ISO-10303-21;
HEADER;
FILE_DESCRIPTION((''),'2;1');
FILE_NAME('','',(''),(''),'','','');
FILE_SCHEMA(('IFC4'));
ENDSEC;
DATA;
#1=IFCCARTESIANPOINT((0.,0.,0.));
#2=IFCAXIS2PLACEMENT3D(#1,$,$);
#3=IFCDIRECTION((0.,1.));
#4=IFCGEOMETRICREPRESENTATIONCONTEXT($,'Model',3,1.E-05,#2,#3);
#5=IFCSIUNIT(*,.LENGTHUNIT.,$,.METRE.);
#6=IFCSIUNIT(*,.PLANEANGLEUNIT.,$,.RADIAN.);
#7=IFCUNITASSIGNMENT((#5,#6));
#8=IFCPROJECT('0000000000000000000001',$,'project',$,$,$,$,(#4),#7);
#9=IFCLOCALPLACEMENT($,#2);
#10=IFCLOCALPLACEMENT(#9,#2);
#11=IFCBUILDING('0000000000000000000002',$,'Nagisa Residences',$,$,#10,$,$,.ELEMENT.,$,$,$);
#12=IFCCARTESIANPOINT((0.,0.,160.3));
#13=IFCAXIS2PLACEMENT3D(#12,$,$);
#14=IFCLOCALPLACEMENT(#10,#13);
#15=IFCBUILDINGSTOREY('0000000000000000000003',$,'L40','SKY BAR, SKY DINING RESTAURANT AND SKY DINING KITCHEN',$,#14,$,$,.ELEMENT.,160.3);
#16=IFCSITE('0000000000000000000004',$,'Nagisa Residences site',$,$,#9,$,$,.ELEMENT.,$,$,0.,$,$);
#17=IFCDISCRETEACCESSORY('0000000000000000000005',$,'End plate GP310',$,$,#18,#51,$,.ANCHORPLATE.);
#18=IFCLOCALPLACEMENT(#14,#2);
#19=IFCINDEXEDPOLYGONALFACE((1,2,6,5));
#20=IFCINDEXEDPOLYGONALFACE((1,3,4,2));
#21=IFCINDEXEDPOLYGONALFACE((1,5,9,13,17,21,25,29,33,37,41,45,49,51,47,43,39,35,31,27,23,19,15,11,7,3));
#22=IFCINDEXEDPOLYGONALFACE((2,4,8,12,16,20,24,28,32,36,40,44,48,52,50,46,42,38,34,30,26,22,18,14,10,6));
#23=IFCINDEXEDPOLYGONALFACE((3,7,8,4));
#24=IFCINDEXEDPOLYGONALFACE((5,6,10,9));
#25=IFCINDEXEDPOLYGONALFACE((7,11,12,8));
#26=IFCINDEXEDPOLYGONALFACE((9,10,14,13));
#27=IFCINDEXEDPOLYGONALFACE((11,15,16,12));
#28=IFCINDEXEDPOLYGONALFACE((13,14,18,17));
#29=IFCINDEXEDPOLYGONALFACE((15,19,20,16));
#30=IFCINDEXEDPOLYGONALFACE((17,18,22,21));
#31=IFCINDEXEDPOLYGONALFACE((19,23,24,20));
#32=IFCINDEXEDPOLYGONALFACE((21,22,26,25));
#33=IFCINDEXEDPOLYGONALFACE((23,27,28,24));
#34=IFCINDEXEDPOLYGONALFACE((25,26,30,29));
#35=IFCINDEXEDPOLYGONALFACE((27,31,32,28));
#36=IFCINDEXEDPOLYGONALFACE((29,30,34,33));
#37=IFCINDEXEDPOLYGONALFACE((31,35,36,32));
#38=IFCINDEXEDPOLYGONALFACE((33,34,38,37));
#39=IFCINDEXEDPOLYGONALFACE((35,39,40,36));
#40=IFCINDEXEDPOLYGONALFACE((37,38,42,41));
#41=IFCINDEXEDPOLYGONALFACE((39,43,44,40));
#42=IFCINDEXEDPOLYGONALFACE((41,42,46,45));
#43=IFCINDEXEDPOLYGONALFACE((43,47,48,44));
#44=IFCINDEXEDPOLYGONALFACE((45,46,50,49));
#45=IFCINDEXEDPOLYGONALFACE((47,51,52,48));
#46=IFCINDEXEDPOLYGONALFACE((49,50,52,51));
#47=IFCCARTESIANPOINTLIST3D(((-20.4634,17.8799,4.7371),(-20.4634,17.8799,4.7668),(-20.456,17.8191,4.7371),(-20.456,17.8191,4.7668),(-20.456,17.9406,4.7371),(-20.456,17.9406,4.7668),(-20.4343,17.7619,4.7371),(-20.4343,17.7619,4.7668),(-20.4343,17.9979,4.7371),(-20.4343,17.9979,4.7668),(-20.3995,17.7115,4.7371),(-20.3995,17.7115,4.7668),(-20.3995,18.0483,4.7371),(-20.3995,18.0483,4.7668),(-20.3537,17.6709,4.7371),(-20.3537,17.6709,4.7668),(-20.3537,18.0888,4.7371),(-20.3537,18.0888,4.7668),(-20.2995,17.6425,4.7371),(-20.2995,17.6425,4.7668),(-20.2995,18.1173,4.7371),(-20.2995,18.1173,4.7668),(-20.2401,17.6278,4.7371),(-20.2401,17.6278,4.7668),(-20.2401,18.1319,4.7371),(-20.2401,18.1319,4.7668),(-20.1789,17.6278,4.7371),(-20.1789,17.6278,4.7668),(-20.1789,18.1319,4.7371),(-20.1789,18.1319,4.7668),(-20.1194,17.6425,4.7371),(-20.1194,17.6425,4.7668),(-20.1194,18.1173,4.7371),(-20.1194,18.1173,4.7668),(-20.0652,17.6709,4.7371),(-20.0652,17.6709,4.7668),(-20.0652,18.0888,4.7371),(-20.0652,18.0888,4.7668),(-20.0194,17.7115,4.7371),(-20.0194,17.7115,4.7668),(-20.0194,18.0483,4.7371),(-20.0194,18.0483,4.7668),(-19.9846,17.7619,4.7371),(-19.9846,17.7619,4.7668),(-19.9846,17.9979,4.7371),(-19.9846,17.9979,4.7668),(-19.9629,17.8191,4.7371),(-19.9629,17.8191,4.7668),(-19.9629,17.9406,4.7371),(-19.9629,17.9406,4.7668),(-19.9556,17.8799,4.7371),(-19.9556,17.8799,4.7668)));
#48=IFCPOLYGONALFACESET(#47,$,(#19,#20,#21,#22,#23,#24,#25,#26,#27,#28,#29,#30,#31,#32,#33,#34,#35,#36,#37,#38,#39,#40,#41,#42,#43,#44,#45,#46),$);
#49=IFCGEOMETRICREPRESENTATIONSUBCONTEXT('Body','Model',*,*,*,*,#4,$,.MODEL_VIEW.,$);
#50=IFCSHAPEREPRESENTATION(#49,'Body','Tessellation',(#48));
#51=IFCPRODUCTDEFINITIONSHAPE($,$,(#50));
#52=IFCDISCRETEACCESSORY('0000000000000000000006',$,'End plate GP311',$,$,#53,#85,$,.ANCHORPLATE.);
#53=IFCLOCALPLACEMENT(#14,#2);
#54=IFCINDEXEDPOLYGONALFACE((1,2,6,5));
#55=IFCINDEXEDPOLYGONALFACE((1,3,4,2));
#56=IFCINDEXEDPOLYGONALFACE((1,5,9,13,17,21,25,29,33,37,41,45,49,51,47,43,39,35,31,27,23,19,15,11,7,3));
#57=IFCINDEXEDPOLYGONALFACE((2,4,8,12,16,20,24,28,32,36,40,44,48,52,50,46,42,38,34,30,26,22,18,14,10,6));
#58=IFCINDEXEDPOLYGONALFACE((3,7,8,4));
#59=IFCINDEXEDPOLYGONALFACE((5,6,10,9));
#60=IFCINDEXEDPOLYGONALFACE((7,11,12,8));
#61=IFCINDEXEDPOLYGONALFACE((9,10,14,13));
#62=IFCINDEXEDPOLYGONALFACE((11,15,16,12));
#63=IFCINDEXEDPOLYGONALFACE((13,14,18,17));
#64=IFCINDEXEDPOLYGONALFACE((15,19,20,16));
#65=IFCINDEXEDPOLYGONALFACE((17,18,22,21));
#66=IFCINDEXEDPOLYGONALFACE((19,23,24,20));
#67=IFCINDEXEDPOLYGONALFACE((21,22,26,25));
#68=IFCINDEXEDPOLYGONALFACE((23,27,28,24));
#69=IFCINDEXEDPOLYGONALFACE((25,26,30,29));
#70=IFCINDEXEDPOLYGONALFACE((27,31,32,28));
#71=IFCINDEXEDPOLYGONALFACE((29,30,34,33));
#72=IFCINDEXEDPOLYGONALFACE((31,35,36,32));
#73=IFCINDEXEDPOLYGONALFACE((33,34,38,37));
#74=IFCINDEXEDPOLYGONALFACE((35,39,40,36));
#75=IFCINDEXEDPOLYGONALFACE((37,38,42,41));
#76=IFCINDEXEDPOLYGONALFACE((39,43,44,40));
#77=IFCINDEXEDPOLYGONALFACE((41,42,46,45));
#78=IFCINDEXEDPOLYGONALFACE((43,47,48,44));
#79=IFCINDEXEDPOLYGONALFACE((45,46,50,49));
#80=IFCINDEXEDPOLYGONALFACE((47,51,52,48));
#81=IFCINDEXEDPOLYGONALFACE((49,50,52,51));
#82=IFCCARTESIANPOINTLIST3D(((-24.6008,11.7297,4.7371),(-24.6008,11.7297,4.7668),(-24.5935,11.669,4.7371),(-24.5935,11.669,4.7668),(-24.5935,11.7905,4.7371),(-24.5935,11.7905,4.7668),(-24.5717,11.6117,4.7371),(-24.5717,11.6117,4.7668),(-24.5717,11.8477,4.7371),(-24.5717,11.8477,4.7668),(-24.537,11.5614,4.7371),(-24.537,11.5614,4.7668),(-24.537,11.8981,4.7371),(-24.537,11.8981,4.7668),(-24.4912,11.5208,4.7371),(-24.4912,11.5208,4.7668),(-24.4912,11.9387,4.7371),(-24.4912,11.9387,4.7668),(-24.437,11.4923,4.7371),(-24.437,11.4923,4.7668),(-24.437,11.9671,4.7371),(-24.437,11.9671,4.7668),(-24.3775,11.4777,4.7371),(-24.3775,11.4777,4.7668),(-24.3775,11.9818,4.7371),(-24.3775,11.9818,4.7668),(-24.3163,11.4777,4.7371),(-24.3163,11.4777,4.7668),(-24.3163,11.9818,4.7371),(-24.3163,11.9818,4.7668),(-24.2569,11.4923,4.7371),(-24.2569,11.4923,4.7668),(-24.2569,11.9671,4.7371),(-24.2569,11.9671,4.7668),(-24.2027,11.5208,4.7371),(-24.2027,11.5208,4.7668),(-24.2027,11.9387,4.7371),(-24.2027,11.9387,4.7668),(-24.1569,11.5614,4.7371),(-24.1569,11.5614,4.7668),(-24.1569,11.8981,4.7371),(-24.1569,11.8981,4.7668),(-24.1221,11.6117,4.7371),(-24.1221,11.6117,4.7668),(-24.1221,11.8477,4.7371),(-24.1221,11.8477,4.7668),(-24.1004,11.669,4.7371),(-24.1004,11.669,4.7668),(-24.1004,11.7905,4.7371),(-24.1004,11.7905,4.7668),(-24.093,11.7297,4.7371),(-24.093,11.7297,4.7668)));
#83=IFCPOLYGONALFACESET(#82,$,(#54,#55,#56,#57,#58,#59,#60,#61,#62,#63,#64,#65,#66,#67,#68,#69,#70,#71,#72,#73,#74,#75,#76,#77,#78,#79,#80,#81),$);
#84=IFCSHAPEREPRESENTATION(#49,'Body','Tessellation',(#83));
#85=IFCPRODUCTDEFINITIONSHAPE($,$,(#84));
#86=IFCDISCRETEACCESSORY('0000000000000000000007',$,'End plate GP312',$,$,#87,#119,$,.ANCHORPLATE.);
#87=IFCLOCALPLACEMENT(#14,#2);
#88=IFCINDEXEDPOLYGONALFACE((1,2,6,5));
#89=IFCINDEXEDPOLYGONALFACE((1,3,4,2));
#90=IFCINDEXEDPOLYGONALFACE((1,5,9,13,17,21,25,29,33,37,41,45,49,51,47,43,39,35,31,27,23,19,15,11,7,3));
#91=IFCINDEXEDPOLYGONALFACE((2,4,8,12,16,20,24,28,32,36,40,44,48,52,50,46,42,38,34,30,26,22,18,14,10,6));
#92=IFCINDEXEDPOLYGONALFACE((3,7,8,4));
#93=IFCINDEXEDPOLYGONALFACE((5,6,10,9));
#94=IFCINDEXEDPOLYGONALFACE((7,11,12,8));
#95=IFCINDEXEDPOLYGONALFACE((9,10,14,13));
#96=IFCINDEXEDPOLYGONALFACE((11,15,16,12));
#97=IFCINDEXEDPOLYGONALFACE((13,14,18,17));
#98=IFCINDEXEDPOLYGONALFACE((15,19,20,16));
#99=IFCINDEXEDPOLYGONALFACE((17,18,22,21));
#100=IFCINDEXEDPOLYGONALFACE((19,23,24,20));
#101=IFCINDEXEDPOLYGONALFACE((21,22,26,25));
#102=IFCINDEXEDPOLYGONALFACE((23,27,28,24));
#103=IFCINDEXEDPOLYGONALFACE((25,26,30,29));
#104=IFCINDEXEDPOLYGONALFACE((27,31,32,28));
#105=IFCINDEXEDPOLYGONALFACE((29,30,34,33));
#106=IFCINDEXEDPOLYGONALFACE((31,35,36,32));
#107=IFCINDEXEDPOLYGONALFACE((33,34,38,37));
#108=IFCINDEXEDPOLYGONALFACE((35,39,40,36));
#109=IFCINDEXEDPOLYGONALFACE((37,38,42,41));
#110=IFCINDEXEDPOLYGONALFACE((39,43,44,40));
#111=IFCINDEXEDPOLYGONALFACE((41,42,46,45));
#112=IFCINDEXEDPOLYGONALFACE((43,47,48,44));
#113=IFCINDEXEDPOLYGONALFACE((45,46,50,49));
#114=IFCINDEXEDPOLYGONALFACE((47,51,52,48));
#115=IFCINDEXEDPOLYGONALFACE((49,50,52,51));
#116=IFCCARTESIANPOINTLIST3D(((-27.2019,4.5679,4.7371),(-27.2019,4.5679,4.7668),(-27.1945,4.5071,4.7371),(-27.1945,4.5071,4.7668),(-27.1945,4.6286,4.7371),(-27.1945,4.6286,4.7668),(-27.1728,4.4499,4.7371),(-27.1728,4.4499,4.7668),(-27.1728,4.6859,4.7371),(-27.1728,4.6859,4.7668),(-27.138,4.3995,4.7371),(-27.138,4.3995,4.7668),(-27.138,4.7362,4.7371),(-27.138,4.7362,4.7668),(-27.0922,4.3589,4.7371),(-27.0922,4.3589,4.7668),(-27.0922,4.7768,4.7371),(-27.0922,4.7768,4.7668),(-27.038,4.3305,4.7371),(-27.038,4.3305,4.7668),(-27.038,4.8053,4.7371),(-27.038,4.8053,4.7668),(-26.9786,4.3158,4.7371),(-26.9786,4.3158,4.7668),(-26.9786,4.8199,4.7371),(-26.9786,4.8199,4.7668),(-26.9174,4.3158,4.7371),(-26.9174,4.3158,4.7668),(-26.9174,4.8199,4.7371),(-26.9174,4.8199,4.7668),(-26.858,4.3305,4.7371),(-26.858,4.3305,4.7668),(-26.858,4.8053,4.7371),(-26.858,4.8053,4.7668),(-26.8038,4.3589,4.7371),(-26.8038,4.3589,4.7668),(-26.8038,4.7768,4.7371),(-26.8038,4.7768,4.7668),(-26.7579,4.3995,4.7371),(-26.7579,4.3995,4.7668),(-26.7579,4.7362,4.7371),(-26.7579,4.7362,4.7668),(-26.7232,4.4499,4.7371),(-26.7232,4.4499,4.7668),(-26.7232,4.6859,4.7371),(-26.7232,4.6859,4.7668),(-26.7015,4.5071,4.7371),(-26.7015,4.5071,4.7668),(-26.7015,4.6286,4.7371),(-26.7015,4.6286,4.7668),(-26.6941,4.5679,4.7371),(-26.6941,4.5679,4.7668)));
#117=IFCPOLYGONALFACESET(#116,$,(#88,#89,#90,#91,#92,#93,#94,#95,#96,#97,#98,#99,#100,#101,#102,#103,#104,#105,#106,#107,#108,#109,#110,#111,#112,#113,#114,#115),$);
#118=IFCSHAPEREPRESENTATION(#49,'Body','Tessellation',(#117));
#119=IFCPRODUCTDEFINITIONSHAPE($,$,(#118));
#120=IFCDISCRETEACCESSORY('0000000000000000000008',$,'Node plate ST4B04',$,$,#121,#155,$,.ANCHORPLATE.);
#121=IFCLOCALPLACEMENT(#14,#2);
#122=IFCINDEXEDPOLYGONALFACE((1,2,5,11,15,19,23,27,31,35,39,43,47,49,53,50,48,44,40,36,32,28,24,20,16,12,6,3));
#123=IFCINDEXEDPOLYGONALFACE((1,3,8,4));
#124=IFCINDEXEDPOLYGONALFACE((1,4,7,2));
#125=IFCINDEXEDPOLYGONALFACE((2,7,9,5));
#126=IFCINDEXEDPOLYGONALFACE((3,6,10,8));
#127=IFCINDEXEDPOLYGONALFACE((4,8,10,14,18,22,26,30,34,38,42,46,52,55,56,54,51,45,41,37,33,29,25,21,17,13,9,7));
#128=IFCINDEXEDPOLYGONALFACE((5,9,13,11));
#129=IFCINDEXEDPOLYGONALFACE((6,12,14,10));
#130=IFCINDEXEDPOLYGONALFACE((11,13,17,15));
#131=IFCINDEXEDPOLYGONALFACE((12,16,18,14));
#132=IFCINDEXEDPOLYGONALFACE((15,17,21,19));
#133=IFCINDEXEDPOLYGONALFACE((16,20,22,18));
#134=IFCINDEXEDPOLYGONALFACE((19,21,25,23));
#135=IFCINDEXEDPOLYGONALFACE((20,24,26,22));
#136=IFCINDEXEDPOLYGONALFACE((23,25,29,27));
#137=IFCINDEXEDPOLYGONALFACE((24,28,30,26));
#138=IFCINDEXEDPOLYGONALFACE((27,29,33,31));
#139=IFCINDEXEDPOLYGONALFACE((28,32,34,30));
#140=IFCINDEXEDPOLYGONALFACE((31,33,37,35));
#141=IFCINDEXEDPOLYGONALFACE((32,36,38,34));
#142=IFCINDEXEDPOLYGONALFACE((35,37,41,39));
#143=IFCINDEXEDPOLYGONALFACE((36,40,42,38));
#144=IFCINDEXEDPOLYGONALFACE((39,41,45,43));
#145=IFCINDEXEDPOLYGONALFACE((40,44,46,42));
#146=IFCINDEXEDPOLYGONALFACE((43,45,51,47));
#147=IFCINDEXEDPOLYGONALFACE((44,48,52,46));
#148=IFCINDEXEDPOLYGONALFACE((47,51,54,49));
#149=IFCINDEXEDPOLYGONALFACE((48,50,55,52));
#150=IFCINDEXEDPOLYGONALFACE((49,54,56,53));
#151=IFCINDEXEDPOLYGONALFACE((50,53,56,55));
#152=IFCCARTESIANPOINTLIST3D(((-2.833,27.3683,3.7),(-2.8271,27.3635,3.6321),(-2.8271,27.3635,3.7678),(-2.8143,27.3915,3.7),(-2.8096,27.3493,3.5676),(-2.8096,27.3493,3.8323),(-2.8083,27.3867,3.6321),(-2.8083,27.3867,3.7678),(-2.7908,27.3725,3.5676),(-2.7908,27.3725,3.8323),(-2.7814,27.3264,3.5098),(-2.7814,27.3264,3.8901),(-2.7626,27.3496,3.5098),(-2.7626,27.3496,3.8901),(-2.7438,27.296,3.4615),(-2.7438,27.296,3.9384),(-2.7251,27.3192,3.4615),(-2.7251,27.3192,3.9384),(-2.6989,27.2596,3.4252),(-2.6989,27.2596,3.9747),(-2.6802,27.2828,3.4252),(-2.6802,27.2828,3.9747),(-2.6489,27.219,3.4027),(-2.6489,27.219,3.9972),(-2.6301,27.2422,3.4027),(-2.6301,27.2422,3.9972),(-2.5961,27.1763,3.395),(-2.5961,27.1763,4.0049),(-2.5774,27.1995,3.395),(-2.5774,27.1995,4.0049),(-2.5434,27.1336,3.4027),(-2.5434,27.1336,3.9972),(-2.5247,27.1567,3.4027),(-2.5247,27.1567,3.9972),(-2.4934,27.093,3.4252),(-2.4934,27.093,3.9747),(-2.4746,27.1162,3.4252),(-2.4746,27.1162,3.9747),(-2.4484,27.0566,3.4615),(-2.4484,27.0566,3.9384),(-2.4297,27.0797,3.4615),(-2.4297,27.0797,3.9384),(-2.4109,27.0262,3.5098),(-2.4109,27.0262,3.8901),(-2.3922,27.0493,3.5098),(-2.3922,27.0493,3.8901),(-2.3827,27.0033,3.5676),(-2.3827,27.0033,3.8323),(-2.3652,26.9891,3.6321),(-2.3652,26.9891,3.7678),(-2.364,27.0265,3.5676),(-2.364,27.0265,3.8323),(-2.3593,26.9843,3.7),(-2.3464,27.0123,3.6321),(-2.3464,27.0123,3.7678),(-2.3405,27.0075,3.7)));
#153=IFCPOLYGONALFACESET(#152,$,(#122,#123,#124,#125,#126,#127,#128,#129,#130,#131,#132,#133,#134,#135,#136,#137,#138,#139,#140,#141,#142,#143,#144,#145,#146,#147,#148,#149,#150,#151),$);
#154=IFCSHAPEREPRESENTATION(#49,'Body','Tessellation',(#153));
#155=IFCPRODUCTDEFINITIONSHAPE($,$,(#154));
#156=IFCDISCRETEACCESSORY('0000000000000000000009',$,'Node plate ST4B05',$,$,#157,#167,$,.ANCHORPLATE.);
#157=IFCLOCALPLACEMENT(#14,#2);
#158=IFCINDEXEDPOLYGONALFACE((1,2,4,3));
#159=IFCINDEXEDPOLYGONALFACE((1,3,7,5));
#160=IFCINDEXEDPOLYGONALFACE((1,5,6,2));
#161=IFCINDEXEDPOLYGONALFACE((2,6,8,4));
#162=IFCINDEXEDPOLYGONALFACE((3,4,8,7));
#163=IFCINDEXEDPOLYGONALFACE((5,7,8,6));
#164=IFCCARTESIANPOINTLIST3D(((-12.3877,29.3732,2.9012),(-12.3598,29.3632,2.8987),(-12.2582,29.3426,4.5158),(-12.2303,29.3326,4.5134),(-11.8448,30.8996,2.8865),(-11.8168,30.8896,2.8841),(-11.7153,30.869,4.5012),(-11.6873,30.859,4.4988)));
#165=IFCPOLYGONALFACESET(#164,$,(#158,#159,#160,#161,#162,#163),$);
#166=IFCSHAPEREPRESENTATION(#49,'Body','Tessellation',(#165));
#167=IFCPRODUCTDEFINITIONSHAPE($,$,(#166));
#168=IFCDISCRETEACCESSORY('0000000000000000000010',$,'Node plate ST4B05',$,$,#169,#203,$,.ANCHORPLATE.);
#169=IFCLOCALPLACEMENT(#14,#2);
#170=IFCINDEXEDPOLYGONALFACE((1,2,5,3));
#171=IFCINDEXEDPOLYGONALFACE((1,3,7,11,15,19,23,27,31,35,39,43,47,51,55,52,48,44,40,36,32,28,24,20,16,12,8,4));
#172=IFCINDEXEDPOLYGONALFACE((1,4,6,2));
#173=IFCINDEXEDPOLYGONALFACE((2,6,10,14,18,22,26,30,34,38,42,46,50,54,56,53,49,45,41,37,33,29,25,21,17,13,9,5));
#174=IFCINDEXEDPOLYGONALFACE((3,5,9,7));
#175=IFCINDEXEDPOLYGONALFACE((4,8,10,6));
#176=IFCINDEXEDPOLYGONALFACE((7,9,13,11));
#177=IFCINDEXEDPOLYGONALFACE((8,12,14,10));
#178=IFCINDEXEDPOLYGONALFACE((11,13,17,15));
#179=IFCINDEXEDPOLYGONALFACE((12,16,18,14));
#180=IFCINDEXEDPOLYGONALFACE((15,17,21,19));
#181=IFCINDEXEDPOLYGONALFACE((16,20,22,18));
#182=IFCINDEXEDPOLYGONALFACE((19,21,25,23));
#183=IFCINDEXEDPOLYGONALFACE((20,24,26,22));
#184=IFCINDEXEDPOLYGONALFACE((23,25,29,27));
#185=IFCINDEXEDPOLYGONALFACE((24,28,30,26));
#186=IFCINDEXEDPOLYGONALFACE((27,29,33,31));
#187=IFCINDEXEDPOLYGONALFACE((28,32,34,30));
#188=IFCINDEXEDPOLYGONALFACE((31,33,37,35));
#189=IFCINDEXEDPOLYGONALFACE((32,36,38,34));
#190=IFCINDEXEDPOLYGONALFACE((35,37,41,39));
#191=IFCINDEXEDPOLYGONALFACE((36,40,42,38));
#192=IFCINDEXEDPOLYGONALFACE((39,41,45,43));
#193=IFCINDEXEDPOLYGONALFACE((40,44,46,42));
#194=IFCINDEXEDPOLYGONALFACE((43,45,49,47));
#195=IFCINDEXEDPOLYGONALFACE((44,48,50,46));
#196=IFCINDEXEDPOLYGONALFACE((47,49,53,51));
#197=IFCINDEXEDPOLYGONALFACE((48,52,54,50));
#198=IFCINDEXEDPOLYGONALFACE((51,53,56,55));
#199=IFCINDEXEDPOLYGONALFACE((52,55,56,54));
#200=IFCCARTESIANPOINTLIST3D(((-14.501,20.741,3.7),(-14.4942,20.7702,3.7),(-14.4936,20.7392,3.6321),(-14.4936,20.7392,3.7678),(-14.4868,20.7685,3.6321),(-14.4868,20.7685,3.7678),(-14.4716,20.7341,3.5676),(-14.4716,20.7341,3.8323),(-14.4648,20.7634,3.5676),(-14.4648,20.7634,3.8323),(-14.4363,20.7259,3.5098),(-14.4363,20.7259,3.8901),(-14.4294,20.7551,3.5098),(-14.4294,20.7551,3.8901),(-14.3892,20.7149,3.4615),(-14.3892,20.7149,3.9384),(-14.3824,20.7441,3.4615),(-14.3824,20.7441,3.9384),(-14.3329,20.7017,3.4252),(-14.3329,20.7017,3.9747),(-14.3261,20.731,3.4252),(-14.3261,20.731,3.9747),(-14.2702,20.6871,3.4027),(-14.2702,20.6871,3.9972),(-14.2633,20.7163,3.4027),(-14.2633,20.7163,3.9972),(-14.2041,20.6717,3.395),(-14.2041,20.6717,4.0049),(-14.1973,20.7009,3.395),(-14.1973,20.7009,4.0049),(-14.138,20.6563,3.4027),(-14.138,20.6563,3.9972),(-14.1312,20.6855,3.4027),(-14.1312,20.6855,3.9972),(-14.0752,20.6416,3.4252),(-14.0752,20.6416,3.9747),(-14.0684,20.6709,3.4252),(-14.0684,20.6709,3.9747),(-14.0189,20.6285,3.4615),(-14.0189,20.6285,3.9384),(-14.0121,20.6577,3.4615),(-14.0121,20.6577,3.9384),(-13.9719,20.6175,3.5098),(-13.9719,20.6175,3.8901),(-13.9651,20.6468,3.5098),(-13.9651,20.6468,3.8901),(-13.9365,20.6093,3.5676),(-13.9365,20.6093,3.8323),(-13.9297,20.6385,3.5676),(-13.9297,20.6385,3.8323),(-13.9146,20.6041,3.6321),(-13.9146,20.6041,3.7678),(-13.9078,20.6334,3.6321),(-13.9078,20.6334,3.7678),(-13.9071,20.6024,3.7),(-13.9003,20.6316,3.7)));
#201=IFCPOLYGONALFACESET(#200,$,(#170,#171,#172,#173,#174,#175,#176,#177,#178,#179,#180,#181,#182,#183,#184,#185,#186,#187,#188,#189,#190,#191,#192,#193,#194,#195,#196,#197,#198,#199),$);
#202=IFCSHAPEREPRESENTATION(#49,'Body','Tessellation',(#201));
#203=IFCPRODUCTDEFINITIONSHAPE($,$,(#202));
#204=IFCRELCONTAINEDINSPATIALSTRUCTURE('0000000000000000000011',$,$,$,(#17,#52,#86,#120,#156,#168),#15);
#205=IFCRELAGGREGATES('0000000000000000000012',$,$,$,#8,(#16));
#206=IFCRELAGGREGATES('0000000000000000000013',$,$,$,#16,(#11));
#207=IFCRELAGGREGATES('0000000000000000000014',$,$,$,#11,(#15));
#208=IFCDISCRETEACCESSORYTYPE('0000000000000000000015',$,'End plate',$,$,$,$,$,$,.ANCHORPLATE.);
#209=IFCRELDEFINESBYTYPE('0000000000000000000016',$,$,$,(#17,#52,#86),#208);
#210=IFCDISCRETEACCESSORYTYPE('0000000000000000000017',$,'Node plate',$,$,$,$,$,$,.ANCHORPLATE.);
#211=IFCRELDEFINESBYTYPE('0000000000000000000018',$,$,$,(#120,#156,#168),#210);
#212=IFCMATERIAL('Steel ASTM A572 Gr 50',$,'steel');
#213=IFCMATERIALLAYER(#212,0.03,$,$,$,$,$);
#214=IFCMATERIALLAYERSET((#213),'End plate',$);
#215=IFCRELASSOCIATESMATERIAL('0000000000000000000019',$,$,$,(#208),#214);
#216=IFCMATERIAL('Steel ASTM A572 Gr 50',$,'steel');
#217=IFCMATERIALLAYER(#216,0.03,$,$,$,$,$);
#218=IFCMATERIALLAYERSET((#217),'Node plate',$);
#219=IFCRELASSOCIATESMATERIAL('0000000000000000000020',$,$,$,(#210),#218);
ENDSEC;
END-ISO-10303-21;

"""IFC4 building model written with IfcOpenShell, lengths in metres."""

from ifc_helpers import new_model, si_unit, direction, frame, origin, origin_2d, place, context, subcontext, project, spatial, rectangle, circle, extrude, material, layer, layer_set, type_object, element, save


model = new_model("IFC4")

# Units and contexts
model_context = context("Model", 3, precision=1e-05, world=origin(), true_north=direction((0.0, 1.0)))
body_context = subcontext(model_context, "Body", "Model", "MODEL_VIEW")
ifc_project = project(units=[si_unit("LENGTHUNIT", "METRE"), si_unit("PLANEANGLEUNIT", "RADIAN")], contexts=[model_context])

# Site, building, storey
site_placement = place(None, origin())
site = spatial("IfcSite", under=ifc_project, at=site_placement, Name="Nagisa Residences site", CompositionType="ELEMENT", RefElevation=0.0)
building_placement = place(site_placement, origin())
building = spatial("IfcBuilding", under=site, at=building_placement, Name="Nagisa Residences", CompositionType="ELEMENT")
storey_placement = place(building_placement, frame((0.0, 0.0, 160.3)))
storey = spatial("IfcBuildingStorey", under=building, at=storey_placement, Name="L40", Description="SKY BAR, SKY DINING RESTAURANT AND SKY DINING KITCHEN", CompositionType="ELEMENT", Elevation=160.3)

# Discrete accessories
ifc_material_1 = material(Name="Steel ASTM A572 Gr 50", Category="steel")
ifc_layer_1 = layer(ifc_material_1, 0.03)
ifc_layer_set_1 = layer_set([ifc_layer_1], Name="End plate")
discrete_accessory_type_1 = type_object("IfcDiscreteAccessoryType", Name="End plate", PredefinedType="ANCHORPLATE", material=ifc_layer_set_1)
for number, where, z_axis, x_axis, name in (
    (1, (-20.2095, 17.8799, 4.7371), (0.0, 0.0, 1.0), (1.0, 0.0, 0.0), "End plate GP310"),
    (2, (-24.3469, 11.7297, 4.7371), (0.0, 0.0, 1.0), (1.0, 0.0, 0.0), "End plate GP311"),
    (3, (-26.948, 4.5679, 4.7371), (0.0, 0.0, 1.0), (1.0, 0.0, 0.0), "End plate GP312"),
):
    element("IfcDiscreteAccessory", number, at=place(storey_placement, frame(where, z_axis=z_axis, x_axis=x_axis)), inside=storey, type_object=discrete_accessory_type_1, Name=name, PredefinedType="ANCHORPLATE", context=body_context, shape_type="SweptSolid", body=[
        extrude(circle(Radius=0.2539, at=origin_2d()), origin(), (0.0, 0.0, 1.0), 0.0298),
    ])
ifc_material_2 = material(Name="Steel ASTM A572 Gr 50", Category="steel")
ifc_layer_2 = layer(ifc_material_2, 0.03)
ifc_layer_set_2 = layer_set([ifc_layer_2], Name="Node plate")
discrete_accessory_type_2 = type_object("IfcDiscreteAccessoryType", Name="Node plate", PredefinedType="ANCHORPLATE", material=ifc_layer_set_2)
discrete_accessory_1_placement = place(storey_placement, frame((-2.5774, 27.1995, 3.7), z_axis=(-0.629669, -0.776864, 0.0), x_axis=(0.776864, -0.629669, 0.0)))
element("IfcDiscreteAccessory", 4, at=discrete_accessory_1_placement, inside=storey, type_object=discrete_accessory_type_2, Name="Node plate ST4B04", PredefinedType="ANCHORPLATE", context=body_context, shape_type="SweptSolid", body=[
    extrude(circle(Radius=0.3049, at=origin_2d()), origin(), (0.0, 0.0, 1.0), 0.0298),
])
discrete_accessory_2_placement = place(storey_placement, frame((-12.0515, 30.1211, 3.7012), z_axis=(0.938783, -0.334697, -0.081633), x_axis=(-0.335107, -0.942137, 0.009025)))
element("IfcDiscreteAccessory", 5, at=discrete_accessory_2_placement, inside=storey, type_object=discrete_accessory_type_2, Name="Node plate ST4B05", PredefinedType="ANCHORPLATE", context=body_context, shape_type="SweptSolid", body=[
    extrude(rectangle(XDim=1.6201, YDim=1.6201, at=origin_2d()), origin(), (0.0, 0.0, 1.0), 0.0298),
])
for number, where, z_axis, x_axis, name in (
    (6, (-14.1973, 20.7009, 3.7), (-0.22723, -0.973841, 0.0), (0.973841, -0.22723, 0.0), "Node plate ST4B05"),
):
    element("IfcDiscreteAccessory", number, at=place(storey_placement, frame(where, z_axis=z_axis, x_axis=x_axis)), inside=storey, type_object=discrete_accessory_type_2, Name=name, PredefinedType="ANCHORPLATE", context=body_context, shape_type="SweptSolid", body=[
        extrude(circle(Radius=0.3049, at=origin_2d()), origin(), (0.0, 0.0, 1.0), 0.03),
    ])

save(model, "model.ifc")
